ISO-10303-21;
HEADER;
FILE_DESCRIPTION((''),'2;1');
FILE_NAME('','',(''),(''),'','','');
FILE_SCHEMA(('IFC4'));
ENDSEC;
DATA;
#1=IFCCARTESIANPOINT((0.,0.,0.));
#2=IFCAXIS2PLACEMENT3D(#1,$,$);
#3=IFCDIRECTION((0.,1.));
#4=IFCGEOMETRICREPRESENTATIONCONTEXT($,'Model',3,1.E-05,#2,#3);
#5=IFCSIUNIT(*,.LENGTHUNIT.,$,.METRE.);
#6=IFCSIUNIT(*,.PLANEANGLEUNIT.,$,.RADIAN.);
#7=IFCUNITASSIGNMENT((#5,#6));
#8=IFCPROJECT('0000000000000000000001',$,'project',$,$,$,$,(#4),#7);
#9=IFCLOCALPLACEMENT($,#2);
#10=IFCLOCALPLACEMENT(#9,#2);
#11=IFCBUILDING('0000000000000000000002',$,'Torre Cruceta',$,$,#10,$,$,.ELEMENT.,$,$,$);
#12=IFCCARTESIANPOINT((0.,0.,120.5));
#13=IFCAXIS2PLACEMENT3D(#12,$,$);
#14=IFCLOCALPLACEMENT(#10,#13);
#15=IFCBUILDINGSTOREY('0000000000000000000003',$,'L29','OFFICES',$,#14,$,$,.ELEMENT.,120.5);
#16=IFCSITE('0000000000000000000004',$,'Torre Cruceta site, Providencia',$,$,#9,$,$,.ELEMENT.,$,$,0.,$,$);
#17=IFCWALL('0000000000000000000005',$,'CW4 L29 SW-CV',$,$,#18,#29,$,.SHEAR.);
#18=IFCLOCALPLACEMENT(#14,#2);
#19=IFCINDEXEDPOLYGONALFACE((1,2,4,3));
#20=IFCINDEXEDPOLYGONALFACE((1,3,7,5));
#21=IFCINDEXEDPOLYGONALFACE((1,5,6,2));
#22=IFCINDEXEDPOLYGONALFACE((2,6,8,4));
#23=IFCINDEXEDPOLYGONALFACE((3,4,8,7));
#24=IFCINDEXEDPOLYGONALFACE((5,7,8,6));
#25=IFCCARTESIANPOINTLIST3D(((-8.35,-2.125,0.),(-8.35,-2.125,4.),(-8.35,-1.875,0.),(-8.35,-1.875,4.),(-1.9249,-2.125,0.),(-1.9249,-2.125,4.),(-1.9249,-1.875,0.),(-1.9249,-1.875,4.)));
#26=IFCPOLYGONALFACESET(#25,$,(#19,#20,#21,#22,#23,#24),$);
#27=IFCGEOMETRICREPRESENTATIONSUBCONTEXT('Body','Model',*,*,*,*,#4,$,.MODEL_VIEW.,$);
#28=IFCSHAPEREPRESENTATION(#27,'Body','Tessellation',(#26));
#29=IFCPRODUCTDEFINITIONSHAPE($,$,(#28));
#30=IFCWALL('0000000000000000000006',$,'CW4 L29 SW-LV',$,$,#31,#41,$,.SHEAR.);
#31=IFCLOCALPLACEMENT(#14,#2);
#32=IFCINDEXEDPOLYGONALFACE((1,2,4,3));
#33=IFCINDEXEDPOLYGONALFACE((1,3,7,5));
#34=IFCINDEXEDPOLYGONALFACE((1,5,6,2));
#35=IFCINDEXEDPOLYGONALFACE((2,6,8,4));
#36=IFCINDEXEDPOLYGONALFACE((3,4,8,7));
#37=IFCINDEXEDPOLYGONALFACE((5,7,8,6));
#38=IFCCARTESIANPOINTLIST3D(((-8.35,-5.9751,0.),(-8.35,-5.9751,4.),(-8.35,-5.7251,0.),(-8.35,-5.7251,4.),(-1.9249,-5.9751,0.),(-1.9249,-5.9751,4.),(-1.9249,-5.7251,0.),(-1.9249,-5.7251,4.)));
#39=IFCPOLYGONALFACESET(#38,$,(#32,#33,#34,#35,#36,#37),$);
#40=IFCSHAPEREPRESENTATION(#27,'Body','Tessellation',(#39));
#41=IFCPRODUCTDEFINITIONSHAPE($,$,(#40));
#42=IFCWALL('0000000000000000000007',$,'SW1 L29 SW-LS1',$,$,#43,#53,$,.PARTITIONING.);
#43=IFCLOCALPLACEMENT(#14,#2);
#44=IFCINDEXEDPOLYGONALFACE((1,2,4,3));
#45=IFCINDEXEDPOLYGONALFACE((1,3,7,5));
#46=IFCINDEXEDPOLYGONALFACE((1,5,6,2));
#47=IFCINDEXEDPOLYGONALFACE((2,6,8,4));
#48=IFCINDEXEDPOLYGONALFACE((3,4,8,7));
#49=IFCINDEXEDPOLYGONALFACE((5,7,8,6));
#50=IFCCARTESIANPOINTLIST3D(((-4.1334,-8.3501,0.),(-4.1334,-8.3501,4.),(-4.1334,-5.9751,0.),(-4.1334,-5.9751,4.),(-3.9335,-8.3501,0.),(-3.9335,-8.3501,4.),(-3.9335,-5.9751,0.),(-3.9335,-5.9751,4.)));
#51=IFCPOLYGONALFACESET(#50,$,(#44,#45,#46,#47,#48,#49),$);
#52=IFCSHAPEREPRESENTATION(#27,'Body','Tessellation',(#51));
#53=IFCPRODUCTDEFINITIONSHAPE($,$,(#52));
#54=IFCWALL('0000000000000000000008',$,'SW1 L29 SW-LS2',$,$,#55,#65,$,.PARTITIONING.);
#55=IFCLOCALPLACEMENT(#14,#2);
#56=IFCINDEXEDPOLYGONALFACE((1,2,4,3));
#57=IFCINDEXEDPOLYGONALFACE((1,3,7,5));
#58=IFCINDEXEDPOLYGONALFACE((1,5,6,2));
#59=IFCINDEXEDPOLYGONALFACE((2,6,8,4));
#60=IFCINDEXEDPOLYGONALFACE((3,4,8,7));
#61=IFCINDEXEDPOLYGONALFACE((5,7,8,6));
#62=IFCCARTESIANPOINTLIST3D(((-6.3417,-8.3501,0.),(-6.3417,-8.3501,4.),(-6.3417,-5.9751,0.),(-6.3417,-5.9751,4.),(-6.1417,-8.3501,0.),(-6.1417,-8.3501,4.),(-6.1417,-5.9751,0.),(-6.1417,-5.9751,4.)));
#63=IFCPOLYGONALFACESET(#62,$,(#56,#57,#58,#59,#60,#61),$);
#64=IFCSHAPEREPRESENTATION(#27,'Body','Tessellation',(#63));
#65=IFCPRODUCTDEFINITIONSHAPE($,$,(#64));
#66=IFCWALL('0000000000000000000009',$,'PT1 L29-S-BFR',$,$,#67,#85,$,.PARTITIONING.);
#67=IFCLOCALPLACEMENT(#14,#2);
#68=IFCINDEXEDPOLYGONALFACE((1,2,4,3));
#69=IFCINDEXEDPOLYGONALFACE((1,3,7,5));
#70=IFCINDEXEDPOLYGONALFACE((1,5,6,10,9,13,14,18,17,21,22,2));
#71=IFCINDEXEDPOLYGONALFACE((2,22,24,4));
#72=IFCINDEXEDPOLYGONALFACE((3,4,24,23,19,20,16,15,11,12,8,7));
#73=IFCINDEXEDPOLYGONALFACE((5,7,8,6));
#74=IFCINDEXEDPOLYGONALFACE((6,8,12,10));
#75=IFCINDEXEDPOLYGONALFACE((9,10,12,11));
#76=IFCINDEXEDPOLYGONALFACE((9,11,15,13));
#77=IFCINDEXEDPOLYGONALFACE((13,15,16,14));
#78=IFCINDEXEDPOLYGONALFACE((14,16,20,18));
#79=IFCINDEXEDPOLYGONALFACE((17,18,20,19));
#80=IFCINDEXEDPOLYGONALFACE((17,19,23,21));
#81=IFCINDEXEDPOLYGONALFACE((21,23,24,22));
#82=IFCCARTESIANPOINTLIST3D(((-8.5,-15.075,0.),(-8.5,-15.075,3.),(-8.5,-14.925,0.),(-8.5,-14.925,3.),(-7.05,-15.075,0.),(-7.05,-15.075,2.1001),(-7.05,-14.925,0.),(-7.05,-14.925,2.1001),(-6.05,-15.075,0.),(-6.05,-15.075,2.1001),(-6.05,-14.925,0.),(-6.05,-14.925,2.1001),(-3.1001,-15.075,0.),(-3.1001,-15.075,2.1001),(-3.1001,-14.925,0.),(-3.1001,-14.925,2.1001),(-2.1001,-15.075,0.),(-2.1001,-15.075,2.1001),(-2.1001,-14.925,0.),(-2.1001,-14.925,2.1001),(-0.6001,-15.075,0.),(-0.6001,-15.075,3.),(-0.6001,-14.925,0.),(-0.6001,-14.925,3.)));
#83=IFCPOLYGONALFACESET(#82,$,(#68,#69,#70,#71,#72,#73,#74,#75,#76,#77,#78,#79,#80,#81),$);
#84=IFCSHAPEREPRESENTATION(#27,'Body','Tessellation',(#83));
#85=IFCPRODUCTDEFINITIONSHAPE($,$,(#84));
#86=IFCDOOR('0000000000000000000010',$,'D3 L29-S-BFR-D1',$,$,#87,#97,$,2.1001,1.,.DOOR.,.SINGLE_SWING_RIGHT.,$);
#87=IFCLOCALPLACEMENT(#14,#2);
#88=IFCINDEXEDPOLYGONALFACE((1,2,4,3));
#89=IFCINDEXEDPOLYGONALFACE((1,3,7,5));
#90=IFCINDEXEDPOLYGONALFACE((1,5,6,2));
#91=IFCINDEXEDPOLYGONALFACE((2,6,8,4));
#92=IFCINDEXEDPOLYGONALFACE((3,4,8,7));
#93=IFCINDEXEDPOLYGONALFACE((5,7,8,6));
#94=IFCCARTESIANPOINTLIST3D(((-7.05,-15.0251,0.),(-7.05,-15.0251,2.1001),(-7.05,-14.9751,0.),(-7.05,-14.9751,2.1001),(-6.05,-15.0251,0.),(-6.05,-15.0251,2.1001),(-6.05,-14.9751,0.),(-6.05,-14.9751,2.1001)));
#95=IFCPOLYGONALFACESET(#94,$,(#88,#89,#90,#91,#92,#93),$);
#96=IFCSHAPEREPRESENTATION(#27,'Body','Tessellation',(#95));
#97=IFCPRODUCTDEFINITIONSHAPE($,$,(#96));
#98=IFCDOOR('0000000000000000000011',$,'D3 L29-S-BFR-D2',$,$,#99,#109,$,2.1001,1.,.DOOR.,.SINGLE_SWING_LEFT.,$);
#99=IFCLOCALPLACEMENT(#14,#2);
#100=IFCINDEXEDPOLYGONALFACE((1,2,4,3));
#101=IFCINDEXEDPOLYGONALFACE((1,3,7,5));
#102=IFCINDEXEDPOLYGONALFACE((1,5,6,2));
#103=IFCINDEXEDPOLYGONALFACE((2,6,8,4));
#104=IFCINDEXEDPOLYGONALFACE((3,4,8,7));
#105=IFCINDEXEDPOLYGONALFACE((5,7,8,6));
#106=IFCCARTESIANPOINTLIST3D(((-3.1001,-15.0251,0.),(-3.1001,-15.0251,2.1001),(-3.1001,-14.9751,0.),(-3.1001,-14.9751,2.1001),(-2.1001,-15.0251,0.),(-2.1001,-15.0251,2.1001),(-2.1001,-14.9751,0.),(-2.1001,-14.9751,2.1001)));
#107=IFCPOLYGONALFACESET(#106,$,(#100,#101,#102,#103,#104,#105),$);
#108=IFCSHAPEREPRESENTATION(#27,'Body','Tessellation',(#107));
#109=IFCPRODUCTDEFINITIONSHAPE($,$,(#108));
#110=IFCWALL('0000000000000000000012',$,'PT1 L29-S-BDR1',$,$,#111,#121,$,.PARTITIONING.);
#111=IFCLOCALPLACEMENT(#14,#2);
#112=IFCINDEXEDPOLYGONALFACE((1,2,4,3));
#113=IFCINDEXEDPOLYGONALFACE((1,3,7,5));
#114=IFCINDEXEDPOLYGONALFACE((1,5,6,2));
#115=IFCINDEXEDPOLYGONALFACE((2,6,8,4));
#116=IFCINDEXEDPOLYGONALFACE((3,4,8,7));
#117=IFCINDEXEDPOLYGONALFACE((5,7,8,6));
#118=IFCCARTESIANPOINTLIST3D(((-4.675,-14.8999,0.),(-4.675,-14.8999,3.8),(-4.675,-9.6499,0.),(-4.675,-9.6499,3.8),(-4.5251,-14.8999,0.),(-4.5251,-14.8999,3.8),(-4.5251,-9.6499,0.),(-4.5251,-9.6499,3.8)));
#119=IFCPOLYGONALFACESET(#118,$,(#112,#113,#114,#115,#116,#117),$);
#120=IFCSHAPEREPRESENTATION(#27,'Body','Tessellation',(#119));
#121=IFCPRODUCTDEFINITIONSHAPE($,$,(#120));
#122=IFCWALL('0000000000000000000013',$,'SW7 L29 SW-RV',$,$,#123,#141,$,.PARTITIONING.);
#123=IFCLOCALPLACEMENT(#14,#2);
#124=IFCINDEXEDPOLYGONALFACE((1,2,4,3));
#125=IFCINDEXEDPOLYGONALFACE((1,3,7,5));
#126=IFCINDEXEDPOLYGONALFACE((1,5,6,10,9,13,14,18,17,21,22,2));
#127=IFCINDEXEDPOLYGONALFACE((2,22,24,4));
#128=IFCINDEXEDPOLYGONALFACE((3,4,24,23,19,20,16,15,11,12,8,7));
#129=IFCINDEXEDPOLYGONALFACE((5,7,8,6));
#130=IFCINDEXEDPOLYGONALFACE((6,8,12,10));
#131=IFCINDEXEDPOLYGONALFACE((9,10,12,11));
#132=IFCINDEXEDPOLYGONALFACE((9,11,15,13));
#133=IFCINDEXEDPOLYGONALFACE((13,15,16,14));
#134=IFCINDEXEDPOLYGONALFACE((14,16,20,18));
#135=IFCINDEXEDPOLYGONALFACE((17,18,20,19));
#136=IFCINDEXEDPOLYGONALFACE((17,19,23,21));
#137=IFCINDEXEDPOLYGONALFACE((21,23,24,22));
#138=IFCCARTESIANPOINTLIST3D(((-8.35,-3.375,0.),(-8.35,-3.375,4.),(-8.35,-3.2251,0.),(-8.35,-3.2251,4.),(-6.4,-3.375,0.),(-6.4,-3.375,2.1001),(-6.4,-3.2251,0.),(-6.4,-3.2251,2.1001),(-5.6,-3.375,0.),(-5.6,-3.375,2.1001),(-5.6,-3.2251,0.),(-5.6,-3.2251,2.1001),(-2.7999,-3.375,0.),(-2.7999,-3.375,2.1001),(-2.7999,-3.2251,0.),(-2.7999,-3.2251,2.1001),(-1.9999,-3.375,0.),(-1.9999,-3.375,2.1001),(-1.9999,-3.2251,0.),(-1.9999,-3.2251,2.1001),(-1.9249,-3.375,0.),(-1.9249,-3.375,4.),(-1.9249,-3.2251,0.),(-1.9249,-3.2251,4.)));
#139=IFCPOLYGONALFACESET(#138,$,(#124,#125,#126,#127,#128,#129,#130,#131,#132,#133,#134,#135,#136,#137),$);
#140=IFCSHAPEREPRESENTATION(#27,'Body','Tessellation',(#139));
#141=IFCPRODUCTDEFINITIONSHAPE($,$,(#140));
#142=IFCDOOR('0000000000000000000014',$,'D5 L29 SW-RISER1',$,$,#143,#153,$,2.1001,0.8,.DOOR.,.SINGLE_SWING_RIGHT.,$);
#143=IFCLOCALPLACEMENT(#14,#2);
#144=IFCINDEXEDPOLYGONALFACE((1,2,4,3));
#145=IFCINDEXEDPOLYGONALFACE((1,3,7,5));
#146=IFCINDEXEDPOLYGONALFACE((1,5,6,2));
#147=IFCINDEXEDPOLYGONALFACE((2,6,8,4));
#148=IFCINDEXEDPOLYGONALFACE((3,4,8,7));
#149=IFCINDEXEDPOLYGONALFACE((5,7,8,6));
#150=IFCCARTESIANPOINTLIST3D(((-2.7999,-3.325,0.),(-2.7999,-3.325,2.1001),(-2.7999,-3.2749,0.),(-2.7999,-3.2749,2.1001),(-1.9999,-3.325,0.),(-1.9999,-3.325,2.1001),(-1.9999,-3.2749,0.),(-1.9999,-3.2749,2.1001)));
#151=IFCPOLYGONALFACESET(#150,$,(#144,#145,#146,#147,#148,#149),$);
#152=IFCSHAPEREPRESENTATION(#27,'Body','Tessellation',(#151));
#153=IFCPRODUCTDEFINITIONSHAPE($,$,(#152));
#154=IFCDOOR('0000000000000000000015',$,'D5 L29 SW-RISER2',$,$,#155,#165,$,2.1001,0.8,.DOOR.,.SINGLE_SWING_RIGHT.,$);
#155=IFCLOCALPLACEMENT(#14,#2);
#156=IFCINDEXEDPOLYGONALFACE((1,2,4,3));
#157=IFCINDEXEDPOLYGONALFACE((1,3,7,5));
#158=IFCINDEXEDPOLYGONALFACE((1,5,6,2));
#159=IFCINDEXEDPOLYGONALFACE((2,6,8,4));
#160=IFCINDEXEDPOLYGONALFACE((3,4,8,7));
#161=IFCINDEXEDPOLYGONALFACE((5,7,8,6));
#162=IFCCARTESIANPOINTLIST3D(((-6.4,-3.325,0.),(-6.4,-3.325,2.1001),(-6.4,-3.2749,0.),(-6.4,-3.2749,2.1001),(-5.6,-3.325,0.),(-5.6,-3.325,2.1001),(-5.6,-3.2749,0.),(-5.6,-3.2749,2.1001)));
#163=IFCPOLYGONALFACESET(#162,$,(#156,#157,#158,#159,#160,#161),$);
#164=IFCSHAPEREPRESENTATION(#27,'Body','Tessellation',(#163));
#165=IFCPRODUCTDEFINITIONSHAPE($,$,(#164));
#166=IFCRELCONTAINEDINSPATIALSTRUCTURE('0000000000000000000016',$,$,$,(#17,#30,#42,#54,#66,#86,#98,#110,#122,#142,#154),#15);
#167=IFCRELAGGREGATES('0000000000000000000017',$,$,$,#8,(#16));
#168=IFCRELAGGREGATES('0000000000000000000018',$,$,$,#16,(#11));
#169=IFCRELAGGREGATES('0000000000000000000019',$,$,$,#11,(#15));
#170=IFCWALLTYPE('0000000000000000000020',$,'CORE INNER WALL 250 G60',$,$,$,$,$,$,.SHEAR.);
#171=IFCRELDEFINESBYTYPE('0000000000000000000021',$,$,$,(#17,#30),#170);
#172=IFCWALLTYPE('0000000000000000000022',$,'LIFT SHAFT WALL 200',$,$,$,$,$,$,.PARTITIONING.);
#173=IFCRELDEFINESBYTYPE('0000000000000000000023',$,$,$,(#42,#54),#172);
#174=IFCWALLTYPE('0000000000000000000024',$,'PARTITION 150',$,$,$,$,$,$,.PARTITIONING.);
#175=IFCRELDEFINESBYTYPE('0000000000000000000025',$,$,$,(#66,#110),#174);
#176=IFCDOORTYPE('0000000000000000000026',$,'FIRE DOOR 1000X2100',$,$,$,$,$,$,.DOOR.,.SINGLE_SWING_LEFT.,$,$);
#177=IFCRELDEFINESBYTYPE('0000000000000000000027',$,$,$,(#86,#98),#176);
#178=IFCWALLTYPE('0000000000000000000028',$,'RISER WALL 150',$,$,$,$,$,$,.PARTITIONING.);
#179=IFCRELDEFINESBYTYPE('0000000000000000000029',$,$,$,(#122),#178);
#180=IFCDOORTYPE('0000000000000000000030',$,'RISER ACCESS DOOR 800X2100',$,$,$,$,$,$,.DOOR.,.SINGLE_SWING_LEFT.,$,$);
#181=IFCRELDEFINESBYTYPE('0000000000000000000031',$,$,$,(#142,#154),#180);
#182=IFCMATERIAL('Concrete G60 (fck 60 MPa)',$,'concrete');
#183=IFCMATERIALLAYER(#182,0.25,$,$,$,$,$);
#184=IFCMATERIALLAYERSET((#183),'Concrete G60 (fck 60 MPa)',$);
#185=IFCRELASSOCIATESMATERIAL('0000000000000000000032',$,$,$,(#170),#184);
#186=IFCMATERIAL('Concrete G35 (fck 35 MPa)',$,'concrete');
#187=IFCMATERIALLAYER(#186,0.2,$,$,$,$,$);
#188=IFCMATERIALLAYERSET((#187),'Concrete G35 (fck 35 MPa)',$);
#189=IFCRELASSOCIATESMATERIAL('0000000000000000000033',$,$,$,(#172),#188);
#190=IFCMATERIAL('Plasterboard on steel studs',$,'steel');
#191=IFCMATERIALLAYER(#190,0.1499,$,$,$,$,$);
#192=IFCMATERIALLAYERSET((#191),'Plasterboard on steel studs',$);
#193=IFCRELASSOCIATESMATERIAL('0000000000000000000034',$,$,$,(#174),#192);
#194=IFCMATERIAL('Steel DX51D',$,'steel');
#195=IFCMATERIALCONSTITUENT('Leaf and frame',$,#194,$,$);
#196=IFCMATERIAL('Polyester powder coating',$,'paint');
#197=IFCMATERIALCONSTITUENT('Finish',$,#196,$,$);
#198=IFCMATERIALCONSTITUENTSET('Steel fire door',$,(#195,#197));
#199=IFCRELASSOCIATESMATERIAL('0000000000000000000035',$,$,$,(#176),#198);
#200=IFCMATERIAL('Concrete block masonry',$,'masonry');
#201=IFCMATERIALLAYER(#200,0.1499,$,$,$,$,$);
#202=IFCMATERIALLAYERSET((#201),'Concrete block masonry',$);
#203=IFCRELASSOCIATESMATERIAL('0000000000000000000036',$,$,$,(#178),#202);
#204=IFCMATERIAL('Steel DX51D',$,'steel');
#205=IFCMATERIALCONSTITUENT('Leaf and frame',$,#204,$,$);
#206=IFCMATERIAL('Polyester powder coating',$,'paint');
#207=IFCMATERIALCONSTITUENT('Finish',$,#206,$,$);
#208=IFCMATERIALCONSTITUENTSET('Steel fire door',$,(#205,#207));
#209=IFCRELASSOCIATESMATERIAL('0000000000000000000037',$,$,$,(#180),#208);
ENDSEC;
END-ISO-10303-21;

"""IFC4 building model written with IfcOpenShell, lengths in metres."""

from ifc_helpers import new_model, si_unit, direction, frame, frame_2d, origin, place, context, subcontext, project, spatial, rectangle, extrude, material, layer, layer_set, constituent, constituent_set, type_object, element, fill, save


model = new_model("IFC4")

# Units and contexts
model_context = context("Model", 3, precision=1e-05, world=origin(), true_north=direction((0.0, 1.0)))
body_context = subcontext(model_context, "Body", "Model", "MODEL_VIEW")
ifc_project = project(units=[si_unit("LENGTHUNIT", "METRE"), si_unit("PLANEANGLEUNIT", "RADIAN")], contexts=[model_context])

# Site, building, storey
site_placement = place(None, origin())
site = spatial("IfcSite", under=ifc_project, at=site_placement, Name="Torre Cruceta site, Providencia", CompositionType="ELEMENT", RefElevation=0.0)
building_placement = place(site_placement, origin())
building = spatial("IfcBuilding", under=site, at=building_placement, Name="Torre Cruceta", CompositionType="ELEMENT")
storey_placement = place(building_placement, frame((0.0, 0.0, 120.5)))
storey = spatial("IfcBuildingStorey", under=building, at=storey_placement, Name="L29", Description="OFFICES", CompositionType="ELEMENT", Elevation=120.5)

# Walls
ifc_material_1 = material(Name="Concrete G60 (fck 60 MPa)", Category="concrete")
ifc_layer_1 = layer(ifc_material_1, 0.25)
ifc_layer_set_1 = layer_set([ifc_layer_1], Name="Concrete G60 (fck 60 MPa)")
wall_type_1 = type_object("IfcWallType", Name="CORE INNER WALL 250 G60", PredefinedType="SHEAR", material=ifc_layer_set_1)
for number, where, z_axis, x_axis, name in (
    (1, (-1.925, -2.0, 0.0), (0.0, 0.0, 1.0), (-1.0, 0.0, 0.0), "CW4 L29 SW-CV"),
    (2, (-1.925, -5.8501, 0.0), (0.0, 0.0, 1.0), (-1.0, 0.0, 0.0), "CW4 L29 SW-LV"),
):
    element("IfcWall", number, at=place(storey_placement, frame(where, z_axis=z_axis, x_axis=x_axis)), inside=storey, type_object=wall_type_1, Name=name, PredefinedType="SHEAR", context=body_context, shape_type="SweptSolid", body=[
        extrude(rectangle(XDim=6.425, YDim=0.25, at=frame_2d((3.2124, 0.0))), origin(), (0.0, 0.0, 1.0), 4.0),
    ])

# Walls
ifc_material_2 = material(Name="Concrete G35 (fck 35 MPa)", Category="concrete")
ifc_layer_2 = layer(ifc_material_2, 0.2)
ifc_layer_set_2 = layer_set([ifc_layer_2], Name="Concrete G35 (fck 35 MPa)")
wall_type_2 = type_object("IfcWallType", Name="LIFT SHAFT WALL 200", PredefinedType="PARTITIONING", material=ifc_layer_set_2)
for number, where, z_axis, x_axis, name in (
    (3, (-4.0334, -5.9751, 0.0), (0.0, 0.0, 1.0), (0.0, -1.0, 0.0), "SW1 L29 SW-LS1"),
    (4, (-6.2417, -5.9751, 0.0), (0.0, 0.0, 1.0), (0.0, -1.0, 0.0), "SW1 L29 SW-LS2"),
):
    element("IfcWall", number, at=place(storey_placement, frame(where, z_axis=z_axis, x_axis=x_axis)), inside=storey, type_object=wall_type_2, Name=name, PredefinedType="PARTITIONING", context=body_context, shape_type="SweptSolid", body=[
        extrude(rectangle(XDim=2.375, YDim=0.2, at=frame_2d((1.1875, 0.0))), origin(), (0.0, 0.0, 1.0), 4.0),
    ])

# Wall, openings, doors
ifc_material_3 = material(Name="Plasterboard on steel studs", Category="steel")
ifc_layer_3 = layer(ifc_material_3, 0.1499)
ifc_layer_set_3 = layer_set([ifc_layer_3], Name="Plasterboard on steel studs")
wall_type_3 = type_object("IfcWallType", Name="PARTITION 150", PredefinedType="PARTITIONING", material=ifc_layer_set_3)
wall_1_placement = place(storey_placement, frame((-8.5, -15.0, 0.0), z_axis=(0.0, 0.0, 1.0), x_axis=(1.0, 0.0, 0.0)))
wall_1 = element("IfcWall", 5, at=wall_1_placement, inside=storey, type_object=wall_type_3, Name="PT1 L29-S-BFR", PredefinedType="PARTITIONING", context=body_context, shape_type="SweptSolid", body=[
    extrude(rectangle(XDim=7.8999, YDim=0.1499, at=frame_2d((3.95, 0.0))), origin(), (0.0, 0.0, 1.0), 3.0),
])
opening_1_placement = place(wall_1_placement, frame((1.45, 0.0, 0.0)))
opening_1 = element("IfcOpeningElement", 6, at=opening_1_placement, cuts=wall_1, PredefinedType="OPENING", context=body_context, shape_type="SweptSolid", body=[
    extrude(rectangle(XDim=1.0, YDim=2.1001, at=frame_2d((0.5, 1.05))), frame((0.0, 0.085, 0.0), z_axis=(0.0, -1.0, 0.0), x_axis=(1.0, 0.0, 0.0)), (0.0, 0.0, 1.0), 0.1699),
])
opening_2_placement = place(wall_1_placement, frame((5.3999, 0.0, 0.0)))
opening_2 = element("IfcOpeningElement", 7, at=opening_2_placement, cuts=wall_1, PredefinedType="OPENING", context=body_context, shape_type="SweptSolid", body=[
    extrude(rectangle(XDim=1.0, YDim=2.1001, at=frame_2d((0.5, 1.05))), frame((0.0, 0.085, 0.0), z_axis=(0.0, -1.0, 0.0), x_axis=(1.0, 0.0, 0.0)), (0.0, 0.0, 1.0), 0.1699),
])
ifc_material_4 = material(Name="Steel DX51D", Category="steel")
ifc_constituent_1 = constituent(ifc_material_4, Name="Leaf and frame")
ifc_material_5 = material(Name="Polyester powder coating", Category="paint")
ifc_constituent_2 = constituent(ifc_material_5, Name="Finish")
ifc_constituent_set_1 = constituent_set(constituents=[ifc_constituent_1, ifc_constituent_2], Name="Steel fire door")
door_type_1 = type_object("IfcDoorType", Name="FIRE DOOR 1000X2100", OperationType="SINGLE_SWING_LEFT", PredefinedType="DOOR", material=ifc_constituent_set_1)
door_1_placement = place(opening_1_placement, origin())
door_1 = element("IfcDoor", 8, at=door_1_placement, inside=storey, type_object=door_type_1, Name="D3 L29-S-BFR-D1", OperationType="SINGLE_SWING_RIGHT", OverallHeight=2.1001, OverallWidth=1.0, PredefinedType="DOOR", context=body_context, shape_type="SweptSolid", body=[
    extrude(rectangle(XDim=1.0, YDim=2.1001, at=frame_2d((0.5, 1.05))), frame((0.0, 0.0249, 0.0), z_axis=(0.0, -1.0, 0.0), x_axis=(1.0, 0.0, 0.0)), (0.0, 0.0, 1.0), 0.05),
])
fill(opening_1, door_1)
door_2_placement = place(opening_2_placement, origin())
door_2 = element("IfcDoor", 9, at=door_2_placement, inside=storey, type_object=door_type_1, Name="D3 L29-S-BFR-D2", OperationType="SINGLE_SWING_LEFT", OverallHeight=2.1001, OverallWidth=1.0, PredefinedType="DOOR", context=body_context, shape_type="SweptSolid", body=[
    extrude(rectangle(XDim=1.0, YDim=2.1001, at=frame_2d((0.5, 1.05))), frame((0.0, 0.0249, 0.0), z_axis=(0.0, -1.0, 0.0), x_axis=(1.0, 0.0, 0.0)), (0.0, 0.0, 1.0), 0.05),
])
fill(opening_2, door_2)

# Wall
wall_2_placement = place(storey_placement, frame((-4.6001, -9.6499, 0.0), z_axis=(0.0, 0.0, 1.0), x_axis=(0.0, -1.0, 0.0)))
element("IfcWall", 10, at=wall_2_placement, inside=storey, type_object=wall_type_3, Name="PT1 L29-S-BDR1", PredefinedType="PARTITIONING", context=body_context, shape_type="SweptSolid", body=[
    extrude(rectangle(XDim=5.25, YDim=0.1499, at=frame_2d((2.625, 0.0))), origin(), (0.0, 0.0, 1.0), 3.8),
])

# Wall, openings, doors
ifc_material_6 = material(Name="Concrete block masonry", Category="masonry")
ifc_layer_4 = layer(ifc_material_6, 0.1499)
ifc_layer_set_4 = layer_set([ifc_layer_4], Name="Concrete block masonry")
wall_type_4 = type_object("IfcWallType", Name="RISER WALL 150", PredefinedType="PARTITIONING", material=ifc_layer_set_4)
wall_3_placement = place(storey_placement, frame((-1.925, -3.3, 0.0), z_axis=(0.0, 0.0, 1.0), x_axis=(-1.0, 0.0, 0.0)))
wall_3 = element("IfcWall", 11, at=wall_3_placement, inside=storey, type_object=wall_type_4, Name="SW7 L29 SW-RV", PredefinedType="PARTITIONING", context=body_context, shape_type="SweptSolid", body=[
    extrude(rectangle(XDim=6.425, YDim=0.1499, at=frame_2d((3.2124, 0.0))), origin(), (0.0, 0.0, 1.0), 4.0),
])
opening_3_placement = place(wall_3_placement, frame((0.075, 0.0, 0.0)))
opening_3 = element("IfcOpeningElement", 12, at=opening_3_placement, cuts=wall_3, PredefinedType="OPENING", context=body_context, shape_type="SweptSolid", body=[
    extrude(rectangle(XDim=0.8, YDim=2.1001, at=frame_2d((0.3999, 1.05))), frame((0.0, 0.085, 0.0), z_axis=(0.0, -1.0, 0.0), x_axis=(1.0, 0.0, 0.0)), (0.0, 0.0, 1.0), 0.1699),
])
opening_4_placement = place(wall_3_placement, frame((3.675, 0.0, 0.0)))
opening_4 = element("IfcOpeningElement", 13, at=opening_4_placement, cuts=wall_3, PredefinedType="OPENING", context=body_context, shape_type="SweptSolid", body=[
    extrude(rectangle(XDim=0.8, YDim=2.1001, at=frame_2d((0.3999, 1.05))), frame((0.0, 0.085, 0.0), z_axis=(0.0, -1.0, 0.0), x_axis=(1.0, 0.0, 0.0)), (0.0, 0.0, 1.0), 0.1699),
])
ifc_material_7 = material(Name="Steel DX51D", Category="steel")
ifc_constituent_3 = constituent(ifc_material_7, Name="Leaf and frame")
ifc_material_8 = material(Name="Polyester powder coating", Category="paint")
ifc_constituent_4 = constituent(ifc_material_8, Name="Finish")
ifc_constituent_set_2 = constituent_set(constituents=[ifc_constituent_3, ifc_constituent_4], Name="Steel fire door")
door_type_2 = type_object("IfcDoorType", Name="RISER ACCESS DOOR 800X2100", OperationType="SINGLE_SWING_LEFT", PredefinedType="DOOR", material=ifc_constituent_set_2)
door_3_placement = place(opening_3_placement, frame((0.8, 0.0, 0.0), z_axis=(0.0, 0.0, 1.0), x_axis=(-1.0, 0.0, 0.0)))
door_3 = element("IfcDoor", 14, at=door_3_placement, inside=storey, type_object=door_type_2, Name="D5 L29 SW-RISER1", OperationType="SINGLE_SWING_RIGHT", OverallHeight=2.1001, OverallWidth=0.8, PredefinedType="DOOR", context=body_context, shape_type="SweptSolid", body=[
    extrude(rectangle(XDim=0.8, YDim=2.1001, at=frame_2d((0.4001, 1.05))), frame((0.0, 0.0251, 0.0), z_axis=(0.0, -1.0, 0.0), x_axis=(1.0, 0.0, 0.0)), (0.0, 0.0, 1.0), 0.05),
])
fill(opening_3, door_3)
door_4_placement = place(opening_4_placement, frame((0.8, 0.0, 0.0), z_axis=(0.0, 0.0, 1.0), x_axis=(-1.0, 0.0, 0.0)))
door_4 = element("IfcDoor", 15, at=door_4_placement, inside=storey, type_object=door_type_2, Name="D5 L29 SW-RISER2", OperationType="SINGLE_SWING_RIGHT", OverallHeight=2.1001, OverallWidth=0.8, PredefinedType="DOOR", context=body_context, shape_type="SweptSolid", body=[
    extrude(rectangle(XDim=0.8, YDim=2.1001, at=frame_2d((0.4001, 1.05))), frame((0.0, 0.0251, 0.0), z_axis=(0.0, -1.0, 0.0), x_axis=(1.0, 0.0, 0.0)), (0.0, 0.0, 1.0), 0.05),
])
fill(opening_4, door_4)

save(model, "model.ifc")
